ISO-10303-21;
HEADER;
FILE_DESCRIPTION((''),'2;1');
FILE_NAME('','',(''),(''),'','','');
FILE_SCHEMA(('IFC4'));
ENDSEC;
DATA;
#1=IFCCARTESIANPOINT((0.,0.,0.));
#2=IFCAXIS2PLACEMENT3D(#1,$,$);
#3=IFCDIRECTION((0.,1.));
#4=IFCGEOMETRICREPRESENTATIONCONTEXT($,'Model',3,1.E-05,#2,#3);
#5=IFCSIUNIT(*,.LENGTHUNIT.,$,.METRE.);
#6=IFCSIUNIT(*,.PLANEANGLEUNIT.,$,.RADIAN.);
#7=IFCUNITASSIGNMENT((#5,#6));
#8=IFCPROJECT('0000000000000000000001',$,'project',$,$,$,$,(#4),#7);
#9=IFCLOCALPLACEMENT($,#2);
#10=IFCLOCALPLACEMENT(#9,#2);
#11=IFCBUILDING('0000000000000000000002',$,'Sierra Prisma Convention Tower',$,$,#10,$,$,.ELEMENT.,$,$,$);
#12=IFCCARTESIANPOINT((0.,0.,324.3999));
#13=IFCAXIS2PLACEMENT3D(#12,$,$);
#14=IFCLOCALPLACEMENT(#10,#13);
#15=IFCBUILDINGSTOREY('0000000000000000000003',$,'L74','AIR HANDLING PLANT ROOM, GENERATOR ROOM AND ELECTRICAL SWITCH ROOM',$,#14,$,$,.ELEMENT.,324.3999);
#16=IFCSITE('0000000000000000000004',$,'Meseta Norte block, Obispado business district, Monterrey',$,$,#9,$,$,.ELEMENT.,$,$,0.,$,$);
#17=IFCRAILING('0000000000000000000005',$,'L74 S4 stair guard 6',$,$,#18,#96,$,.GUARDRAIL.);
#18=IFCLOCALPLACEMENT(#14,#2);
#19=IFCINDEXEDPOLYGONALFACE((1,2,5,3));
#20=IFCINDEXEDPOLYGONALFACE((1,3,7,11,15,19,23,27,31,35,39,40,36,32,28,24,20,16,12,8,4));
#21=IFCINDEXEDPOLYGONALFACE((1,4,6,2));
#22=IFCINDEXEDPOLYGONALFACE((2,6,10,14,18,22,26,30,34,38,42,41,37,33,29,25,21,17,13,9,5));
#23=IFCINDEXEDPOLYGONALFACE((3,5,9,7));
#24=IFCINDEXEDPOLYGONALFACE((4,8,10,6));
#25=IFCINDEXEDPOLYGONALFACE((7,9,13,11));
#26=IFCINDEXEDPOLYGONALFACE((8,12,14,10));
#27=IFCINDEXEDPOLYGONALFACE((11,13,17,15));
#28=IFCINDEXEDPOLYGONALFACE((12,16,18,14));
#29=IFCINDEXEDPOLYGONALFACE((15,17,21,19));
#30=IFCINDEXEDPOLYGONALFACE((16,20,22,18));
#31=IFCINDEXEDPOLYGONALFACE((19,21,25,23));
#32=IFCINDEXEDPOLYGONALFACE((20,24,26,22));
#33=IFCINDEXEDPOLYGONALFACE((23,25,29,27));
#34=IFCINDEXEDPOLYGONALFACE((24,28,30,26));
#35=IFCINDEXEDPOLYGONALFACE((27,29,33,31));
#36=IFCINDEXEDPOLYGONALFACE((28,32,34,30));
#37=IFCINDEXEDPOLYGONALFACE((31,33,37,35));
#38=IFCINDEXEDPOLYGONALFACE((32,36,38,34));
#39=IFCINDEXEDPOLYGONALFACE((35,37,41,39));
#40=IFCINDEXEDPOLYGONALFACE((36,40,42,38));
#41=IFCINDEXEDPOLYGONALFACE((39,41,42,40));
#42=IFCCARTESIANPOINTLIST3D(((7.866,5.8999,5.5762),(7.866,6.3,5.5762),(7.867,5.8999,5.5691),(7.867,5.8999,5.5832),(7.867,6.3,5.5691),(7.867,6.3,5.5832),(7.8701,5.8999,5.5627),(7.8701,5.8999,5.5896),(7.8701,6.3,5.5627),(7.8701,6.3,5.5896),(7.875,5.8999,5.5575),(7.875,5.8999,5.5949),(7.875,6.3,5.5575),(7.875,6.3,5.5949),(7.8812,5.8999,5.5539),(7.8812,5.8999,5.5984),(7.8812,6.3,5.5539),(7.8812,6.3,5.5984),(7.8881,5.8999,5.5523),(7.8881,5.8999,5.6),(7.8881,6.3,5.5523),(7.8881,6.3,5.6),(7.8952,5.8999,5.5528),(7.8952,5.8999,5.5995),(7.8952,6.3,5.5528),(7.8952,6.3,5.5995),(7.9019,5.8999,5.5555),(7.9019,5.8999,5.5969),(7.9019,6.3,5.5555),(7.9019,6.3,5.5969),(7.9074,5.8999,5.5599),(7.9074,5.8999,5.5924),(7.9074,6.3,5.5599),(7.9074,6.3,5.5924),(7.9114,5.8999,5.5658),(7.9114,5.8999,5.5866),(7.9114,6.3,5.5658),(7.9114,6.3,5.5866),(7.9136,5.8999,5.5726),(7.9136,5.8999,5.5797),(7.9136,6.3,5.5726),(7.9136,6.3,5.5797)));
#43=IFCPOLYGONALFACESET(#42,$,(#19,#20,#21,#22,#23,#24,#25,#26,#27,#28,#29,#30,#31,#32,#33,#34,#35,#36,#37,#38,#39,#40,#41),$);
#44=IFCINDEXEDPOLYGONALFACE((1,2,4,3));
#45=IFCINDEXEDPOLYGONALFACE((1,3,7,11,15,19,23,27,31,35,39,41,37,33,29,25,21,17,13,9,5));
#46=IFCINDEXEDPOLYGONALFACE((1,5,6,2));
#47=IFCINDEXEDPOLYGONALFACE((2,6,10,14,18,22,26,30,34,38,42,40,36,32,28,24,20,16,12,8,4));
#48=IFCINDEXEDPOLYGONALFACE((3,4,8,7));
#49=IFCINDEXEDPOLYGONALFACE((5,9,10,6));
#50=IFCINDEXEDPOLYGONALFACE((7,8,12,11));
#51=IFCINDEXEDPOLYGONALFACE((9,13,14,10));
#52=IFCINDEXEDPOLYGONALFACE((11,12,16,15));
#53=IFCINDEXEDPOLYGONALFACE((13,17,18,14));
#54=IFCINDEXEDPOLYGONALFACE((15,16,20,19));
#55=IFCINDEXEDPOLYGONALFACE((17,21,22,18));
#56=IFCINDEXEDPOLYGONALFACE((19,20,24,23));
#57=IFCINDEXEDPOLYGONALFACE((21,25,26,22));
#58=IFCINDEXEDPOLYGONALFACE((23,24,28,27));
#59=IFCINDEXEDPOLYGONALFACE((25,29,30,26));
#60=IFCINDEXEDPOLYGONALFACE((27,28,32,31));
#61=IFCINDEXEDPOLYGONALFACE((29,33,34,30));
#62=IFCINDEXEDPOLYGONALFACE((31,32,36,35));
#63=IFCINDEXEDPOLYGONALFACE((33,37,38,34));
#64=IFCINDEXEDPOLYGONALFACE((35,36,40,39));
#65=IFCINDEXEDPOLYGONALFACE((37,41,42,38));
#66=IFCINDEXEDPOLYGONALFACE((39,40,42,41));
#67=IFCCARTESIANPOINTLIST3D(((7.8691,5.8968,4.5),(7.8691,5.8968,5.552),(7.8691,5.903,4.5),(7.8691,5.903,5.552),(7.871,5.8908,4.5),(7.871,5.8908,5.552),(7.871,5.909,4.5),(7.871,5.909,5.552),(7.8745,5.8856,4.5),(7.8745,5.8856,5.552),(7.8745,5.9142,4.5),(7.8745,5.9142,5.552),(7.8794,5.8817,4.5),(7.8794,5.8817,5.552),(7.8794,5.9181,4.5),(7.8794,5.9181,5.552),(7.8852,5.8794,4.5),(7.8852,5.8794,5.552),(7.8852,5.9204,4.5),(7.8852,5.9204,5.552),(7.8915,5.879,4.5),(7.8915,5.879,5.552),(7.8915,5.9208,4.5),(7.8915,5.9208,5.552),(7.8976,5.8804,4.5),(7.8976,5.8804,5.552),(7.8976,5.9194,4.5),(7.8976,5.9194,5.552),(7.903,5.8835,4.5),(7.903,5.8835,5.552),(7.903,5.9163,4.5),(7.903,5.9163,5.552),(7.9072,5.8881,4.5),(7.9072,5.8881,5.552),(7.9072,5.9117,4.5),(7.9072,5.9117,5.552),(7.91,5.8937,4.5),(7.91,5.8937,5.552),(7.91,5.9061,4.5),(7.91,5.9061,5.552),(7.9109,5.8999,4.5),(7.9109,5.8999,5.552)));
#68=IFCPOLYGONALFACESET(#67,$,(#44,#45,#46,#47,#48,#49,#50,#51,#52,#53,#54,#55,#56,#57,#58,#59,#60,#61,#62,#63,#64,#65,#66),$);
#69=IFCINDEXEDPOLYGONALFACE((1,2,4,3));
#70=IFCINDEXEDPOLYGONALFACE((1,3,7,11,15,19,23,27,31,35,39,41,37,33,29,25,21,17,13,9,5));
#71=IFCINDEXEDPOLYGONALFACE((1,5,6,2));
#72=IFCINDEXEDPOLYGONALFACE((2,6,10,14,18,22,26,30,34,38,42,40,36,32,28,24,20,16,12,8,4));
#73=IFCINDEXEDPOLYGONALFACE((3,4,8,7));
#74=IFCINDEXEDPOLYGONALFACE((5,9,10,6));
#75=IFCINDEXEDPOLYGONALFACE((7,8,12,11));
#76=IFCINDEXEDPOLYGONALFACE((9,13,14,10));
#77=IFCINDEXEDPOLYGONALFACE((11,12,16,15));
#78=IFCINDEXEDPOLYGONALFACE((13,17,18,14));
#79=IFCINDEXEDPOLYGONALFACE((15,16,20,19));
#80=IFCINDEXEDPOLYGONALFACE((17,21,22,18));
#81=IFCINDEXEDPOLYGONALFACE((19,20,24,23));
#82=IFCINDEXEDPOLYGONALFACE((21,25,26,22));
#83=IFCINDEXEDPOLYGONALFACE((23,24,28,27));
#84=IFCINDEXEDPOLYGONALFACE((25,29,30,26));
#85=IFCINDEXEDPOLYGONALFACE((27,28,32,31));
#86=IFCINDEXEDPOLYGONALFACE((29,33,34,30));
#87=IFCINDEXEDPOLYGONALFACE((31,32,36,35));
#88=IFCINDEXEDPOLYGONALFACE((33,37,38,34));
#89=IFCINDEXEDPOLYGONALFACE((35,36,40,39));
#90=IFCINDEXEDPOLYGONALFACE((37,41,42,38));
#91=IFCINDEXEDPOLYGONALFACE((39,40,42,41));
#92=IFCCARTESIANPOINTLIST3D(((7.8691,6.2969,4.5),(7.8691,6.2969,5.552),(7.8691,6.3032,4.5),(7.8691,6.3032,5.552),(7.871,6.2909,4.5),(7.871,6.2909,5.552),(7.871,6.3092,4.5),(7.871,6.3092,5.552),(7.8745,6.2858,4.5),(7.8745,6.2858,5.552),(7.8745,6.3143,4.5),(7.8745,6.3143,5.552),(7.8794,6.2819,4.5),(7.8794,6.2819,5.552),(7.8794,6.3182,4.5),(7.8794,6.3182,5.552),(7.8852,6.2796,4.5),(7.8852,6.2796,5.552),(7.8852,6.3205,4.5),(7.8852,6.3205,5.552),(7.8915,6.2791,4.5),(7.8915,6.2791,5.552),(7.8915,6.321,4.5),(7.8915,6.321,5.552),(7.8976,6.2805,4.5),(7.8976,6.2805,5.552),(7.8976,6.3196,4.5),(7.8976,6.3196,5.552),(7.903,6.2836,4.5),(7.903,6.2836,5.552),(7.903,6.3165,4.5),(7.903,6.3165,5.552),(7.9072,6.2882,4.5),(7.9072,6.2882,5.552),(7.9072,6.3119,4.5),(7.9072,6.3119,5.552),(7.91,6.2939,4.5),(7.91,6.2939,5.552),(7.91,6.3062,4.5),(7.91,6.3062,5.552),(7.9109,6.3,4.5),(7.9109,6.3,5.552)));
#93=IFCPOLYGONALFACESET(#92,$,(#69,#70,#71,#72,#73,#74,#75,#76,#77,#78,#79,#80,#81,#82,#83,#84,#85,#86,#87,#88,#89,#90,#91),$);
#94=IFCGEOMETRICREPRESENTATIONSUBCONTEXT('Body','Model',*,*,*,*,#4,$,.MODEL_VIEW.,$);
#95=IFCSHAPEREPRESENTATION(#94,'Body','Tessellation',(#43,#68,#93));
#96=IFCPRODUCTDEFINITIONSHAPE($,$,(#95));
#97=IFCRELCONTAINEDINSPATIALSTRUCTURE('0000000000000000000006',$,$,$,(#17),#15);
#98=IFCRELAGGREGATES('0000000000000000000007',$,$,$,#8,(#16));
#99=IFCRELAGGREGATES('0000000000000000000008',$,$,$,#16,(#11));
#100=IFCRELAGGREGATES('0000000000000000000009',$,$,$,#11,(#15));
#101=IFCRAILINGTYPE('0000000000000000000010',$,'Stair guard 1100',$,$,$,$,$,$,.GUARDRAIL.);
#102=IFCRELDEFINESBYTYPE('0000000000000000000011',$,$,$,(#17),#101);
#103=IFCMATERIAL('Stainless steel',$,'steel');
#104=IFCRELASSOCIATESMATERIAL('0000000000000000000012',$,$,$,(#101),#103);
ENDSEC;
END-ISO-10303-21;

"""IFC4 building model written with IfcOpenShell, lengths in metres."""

from ifc_helpers import new_model, si_unit, direction, frame, origin, origin_2d, place, context, subcontext, project, spatial, circle, extrude, material, type_object, element, save


model = new_model("IFC4")

# Units and contexts
model_context = context("Model", 3, precision=1e-05, world=origin(), true_north=direction((0.0, 1.0)))
body_context = subcontext(model_context, "Body", "Model", "MODEL_VIEW")
ifc_project = project(units=[si_unit("LENGTHUNIT", "METRE"), si_unit("PLANEANGLEUNIT", "RADIAN")], contexts=[model_context])

# Site, building, storey
site_placement = place(None, origin())
site = spatial("IfcSite", under=ifc_project, at=site_placement, Name="Meseta Norte block, Obispado business district, Monterrey", CompositionType="ELEMENT", RefElevation=0.0)
building_placement = place(site_placement, origin())
building = spatial("IfcBuilding", under=site, at=building_placement, Name="Sierra Prisma Convention Tower", CompositionType="ELEMENT")
storey_placement = place(building_placement, frame((0.0, 0.0, 324.3999)))
storey = spatial("IfcBuildingStorey", under=building, at=storey_placement, Name="L74", Description="AIR HANDLING PLANT ROOM, GENERATOR ROOM AND ELECTRICAL SWITCH ROOM", CompositionType="ELEMENT", Elevation=324.3999)

# Railing
ifc_material_1 = material(Name="Stainless steel", Category="steel")
railing_type = type_object("IfcRailingType", Name="Stair guard 1100", PredefinedType="GUARDRAIL", material=ifc_material_1)
railing_1_placement = place(storey_placement, frame((7.8899, 5.8999, 4.5)))
element("IfcRailing", 1, at=railing_1_placement, inside=storey, type_object=railing_type, Name="L74 S4 stair guard 6", PredefinedType="GUARDRAIL", context=body_context, shape_type="SweptSolid", body=[
    extrude(circle(Radius=0.0239, at=origin_2d()), frame((0.0, 0.0, 1.0762), z_axis=(0.0, 1.0, 0.0), x_axis=(-1.0, 0.0, 0.0)), (0.0, 0.0, 1.0), 0.4001),
    extrude(circle(Radius=0.021, at=origin_2d()), origin(), (0.0, 0.0, 1.0), 1.052),
    extrude(circle(Radius=0.021, at=origin_2d()), frame((0.0, 0.4001, 0.0)), (0.0, 0.0, 1.0), 1.052),
])

save(model, "model.ifc")
